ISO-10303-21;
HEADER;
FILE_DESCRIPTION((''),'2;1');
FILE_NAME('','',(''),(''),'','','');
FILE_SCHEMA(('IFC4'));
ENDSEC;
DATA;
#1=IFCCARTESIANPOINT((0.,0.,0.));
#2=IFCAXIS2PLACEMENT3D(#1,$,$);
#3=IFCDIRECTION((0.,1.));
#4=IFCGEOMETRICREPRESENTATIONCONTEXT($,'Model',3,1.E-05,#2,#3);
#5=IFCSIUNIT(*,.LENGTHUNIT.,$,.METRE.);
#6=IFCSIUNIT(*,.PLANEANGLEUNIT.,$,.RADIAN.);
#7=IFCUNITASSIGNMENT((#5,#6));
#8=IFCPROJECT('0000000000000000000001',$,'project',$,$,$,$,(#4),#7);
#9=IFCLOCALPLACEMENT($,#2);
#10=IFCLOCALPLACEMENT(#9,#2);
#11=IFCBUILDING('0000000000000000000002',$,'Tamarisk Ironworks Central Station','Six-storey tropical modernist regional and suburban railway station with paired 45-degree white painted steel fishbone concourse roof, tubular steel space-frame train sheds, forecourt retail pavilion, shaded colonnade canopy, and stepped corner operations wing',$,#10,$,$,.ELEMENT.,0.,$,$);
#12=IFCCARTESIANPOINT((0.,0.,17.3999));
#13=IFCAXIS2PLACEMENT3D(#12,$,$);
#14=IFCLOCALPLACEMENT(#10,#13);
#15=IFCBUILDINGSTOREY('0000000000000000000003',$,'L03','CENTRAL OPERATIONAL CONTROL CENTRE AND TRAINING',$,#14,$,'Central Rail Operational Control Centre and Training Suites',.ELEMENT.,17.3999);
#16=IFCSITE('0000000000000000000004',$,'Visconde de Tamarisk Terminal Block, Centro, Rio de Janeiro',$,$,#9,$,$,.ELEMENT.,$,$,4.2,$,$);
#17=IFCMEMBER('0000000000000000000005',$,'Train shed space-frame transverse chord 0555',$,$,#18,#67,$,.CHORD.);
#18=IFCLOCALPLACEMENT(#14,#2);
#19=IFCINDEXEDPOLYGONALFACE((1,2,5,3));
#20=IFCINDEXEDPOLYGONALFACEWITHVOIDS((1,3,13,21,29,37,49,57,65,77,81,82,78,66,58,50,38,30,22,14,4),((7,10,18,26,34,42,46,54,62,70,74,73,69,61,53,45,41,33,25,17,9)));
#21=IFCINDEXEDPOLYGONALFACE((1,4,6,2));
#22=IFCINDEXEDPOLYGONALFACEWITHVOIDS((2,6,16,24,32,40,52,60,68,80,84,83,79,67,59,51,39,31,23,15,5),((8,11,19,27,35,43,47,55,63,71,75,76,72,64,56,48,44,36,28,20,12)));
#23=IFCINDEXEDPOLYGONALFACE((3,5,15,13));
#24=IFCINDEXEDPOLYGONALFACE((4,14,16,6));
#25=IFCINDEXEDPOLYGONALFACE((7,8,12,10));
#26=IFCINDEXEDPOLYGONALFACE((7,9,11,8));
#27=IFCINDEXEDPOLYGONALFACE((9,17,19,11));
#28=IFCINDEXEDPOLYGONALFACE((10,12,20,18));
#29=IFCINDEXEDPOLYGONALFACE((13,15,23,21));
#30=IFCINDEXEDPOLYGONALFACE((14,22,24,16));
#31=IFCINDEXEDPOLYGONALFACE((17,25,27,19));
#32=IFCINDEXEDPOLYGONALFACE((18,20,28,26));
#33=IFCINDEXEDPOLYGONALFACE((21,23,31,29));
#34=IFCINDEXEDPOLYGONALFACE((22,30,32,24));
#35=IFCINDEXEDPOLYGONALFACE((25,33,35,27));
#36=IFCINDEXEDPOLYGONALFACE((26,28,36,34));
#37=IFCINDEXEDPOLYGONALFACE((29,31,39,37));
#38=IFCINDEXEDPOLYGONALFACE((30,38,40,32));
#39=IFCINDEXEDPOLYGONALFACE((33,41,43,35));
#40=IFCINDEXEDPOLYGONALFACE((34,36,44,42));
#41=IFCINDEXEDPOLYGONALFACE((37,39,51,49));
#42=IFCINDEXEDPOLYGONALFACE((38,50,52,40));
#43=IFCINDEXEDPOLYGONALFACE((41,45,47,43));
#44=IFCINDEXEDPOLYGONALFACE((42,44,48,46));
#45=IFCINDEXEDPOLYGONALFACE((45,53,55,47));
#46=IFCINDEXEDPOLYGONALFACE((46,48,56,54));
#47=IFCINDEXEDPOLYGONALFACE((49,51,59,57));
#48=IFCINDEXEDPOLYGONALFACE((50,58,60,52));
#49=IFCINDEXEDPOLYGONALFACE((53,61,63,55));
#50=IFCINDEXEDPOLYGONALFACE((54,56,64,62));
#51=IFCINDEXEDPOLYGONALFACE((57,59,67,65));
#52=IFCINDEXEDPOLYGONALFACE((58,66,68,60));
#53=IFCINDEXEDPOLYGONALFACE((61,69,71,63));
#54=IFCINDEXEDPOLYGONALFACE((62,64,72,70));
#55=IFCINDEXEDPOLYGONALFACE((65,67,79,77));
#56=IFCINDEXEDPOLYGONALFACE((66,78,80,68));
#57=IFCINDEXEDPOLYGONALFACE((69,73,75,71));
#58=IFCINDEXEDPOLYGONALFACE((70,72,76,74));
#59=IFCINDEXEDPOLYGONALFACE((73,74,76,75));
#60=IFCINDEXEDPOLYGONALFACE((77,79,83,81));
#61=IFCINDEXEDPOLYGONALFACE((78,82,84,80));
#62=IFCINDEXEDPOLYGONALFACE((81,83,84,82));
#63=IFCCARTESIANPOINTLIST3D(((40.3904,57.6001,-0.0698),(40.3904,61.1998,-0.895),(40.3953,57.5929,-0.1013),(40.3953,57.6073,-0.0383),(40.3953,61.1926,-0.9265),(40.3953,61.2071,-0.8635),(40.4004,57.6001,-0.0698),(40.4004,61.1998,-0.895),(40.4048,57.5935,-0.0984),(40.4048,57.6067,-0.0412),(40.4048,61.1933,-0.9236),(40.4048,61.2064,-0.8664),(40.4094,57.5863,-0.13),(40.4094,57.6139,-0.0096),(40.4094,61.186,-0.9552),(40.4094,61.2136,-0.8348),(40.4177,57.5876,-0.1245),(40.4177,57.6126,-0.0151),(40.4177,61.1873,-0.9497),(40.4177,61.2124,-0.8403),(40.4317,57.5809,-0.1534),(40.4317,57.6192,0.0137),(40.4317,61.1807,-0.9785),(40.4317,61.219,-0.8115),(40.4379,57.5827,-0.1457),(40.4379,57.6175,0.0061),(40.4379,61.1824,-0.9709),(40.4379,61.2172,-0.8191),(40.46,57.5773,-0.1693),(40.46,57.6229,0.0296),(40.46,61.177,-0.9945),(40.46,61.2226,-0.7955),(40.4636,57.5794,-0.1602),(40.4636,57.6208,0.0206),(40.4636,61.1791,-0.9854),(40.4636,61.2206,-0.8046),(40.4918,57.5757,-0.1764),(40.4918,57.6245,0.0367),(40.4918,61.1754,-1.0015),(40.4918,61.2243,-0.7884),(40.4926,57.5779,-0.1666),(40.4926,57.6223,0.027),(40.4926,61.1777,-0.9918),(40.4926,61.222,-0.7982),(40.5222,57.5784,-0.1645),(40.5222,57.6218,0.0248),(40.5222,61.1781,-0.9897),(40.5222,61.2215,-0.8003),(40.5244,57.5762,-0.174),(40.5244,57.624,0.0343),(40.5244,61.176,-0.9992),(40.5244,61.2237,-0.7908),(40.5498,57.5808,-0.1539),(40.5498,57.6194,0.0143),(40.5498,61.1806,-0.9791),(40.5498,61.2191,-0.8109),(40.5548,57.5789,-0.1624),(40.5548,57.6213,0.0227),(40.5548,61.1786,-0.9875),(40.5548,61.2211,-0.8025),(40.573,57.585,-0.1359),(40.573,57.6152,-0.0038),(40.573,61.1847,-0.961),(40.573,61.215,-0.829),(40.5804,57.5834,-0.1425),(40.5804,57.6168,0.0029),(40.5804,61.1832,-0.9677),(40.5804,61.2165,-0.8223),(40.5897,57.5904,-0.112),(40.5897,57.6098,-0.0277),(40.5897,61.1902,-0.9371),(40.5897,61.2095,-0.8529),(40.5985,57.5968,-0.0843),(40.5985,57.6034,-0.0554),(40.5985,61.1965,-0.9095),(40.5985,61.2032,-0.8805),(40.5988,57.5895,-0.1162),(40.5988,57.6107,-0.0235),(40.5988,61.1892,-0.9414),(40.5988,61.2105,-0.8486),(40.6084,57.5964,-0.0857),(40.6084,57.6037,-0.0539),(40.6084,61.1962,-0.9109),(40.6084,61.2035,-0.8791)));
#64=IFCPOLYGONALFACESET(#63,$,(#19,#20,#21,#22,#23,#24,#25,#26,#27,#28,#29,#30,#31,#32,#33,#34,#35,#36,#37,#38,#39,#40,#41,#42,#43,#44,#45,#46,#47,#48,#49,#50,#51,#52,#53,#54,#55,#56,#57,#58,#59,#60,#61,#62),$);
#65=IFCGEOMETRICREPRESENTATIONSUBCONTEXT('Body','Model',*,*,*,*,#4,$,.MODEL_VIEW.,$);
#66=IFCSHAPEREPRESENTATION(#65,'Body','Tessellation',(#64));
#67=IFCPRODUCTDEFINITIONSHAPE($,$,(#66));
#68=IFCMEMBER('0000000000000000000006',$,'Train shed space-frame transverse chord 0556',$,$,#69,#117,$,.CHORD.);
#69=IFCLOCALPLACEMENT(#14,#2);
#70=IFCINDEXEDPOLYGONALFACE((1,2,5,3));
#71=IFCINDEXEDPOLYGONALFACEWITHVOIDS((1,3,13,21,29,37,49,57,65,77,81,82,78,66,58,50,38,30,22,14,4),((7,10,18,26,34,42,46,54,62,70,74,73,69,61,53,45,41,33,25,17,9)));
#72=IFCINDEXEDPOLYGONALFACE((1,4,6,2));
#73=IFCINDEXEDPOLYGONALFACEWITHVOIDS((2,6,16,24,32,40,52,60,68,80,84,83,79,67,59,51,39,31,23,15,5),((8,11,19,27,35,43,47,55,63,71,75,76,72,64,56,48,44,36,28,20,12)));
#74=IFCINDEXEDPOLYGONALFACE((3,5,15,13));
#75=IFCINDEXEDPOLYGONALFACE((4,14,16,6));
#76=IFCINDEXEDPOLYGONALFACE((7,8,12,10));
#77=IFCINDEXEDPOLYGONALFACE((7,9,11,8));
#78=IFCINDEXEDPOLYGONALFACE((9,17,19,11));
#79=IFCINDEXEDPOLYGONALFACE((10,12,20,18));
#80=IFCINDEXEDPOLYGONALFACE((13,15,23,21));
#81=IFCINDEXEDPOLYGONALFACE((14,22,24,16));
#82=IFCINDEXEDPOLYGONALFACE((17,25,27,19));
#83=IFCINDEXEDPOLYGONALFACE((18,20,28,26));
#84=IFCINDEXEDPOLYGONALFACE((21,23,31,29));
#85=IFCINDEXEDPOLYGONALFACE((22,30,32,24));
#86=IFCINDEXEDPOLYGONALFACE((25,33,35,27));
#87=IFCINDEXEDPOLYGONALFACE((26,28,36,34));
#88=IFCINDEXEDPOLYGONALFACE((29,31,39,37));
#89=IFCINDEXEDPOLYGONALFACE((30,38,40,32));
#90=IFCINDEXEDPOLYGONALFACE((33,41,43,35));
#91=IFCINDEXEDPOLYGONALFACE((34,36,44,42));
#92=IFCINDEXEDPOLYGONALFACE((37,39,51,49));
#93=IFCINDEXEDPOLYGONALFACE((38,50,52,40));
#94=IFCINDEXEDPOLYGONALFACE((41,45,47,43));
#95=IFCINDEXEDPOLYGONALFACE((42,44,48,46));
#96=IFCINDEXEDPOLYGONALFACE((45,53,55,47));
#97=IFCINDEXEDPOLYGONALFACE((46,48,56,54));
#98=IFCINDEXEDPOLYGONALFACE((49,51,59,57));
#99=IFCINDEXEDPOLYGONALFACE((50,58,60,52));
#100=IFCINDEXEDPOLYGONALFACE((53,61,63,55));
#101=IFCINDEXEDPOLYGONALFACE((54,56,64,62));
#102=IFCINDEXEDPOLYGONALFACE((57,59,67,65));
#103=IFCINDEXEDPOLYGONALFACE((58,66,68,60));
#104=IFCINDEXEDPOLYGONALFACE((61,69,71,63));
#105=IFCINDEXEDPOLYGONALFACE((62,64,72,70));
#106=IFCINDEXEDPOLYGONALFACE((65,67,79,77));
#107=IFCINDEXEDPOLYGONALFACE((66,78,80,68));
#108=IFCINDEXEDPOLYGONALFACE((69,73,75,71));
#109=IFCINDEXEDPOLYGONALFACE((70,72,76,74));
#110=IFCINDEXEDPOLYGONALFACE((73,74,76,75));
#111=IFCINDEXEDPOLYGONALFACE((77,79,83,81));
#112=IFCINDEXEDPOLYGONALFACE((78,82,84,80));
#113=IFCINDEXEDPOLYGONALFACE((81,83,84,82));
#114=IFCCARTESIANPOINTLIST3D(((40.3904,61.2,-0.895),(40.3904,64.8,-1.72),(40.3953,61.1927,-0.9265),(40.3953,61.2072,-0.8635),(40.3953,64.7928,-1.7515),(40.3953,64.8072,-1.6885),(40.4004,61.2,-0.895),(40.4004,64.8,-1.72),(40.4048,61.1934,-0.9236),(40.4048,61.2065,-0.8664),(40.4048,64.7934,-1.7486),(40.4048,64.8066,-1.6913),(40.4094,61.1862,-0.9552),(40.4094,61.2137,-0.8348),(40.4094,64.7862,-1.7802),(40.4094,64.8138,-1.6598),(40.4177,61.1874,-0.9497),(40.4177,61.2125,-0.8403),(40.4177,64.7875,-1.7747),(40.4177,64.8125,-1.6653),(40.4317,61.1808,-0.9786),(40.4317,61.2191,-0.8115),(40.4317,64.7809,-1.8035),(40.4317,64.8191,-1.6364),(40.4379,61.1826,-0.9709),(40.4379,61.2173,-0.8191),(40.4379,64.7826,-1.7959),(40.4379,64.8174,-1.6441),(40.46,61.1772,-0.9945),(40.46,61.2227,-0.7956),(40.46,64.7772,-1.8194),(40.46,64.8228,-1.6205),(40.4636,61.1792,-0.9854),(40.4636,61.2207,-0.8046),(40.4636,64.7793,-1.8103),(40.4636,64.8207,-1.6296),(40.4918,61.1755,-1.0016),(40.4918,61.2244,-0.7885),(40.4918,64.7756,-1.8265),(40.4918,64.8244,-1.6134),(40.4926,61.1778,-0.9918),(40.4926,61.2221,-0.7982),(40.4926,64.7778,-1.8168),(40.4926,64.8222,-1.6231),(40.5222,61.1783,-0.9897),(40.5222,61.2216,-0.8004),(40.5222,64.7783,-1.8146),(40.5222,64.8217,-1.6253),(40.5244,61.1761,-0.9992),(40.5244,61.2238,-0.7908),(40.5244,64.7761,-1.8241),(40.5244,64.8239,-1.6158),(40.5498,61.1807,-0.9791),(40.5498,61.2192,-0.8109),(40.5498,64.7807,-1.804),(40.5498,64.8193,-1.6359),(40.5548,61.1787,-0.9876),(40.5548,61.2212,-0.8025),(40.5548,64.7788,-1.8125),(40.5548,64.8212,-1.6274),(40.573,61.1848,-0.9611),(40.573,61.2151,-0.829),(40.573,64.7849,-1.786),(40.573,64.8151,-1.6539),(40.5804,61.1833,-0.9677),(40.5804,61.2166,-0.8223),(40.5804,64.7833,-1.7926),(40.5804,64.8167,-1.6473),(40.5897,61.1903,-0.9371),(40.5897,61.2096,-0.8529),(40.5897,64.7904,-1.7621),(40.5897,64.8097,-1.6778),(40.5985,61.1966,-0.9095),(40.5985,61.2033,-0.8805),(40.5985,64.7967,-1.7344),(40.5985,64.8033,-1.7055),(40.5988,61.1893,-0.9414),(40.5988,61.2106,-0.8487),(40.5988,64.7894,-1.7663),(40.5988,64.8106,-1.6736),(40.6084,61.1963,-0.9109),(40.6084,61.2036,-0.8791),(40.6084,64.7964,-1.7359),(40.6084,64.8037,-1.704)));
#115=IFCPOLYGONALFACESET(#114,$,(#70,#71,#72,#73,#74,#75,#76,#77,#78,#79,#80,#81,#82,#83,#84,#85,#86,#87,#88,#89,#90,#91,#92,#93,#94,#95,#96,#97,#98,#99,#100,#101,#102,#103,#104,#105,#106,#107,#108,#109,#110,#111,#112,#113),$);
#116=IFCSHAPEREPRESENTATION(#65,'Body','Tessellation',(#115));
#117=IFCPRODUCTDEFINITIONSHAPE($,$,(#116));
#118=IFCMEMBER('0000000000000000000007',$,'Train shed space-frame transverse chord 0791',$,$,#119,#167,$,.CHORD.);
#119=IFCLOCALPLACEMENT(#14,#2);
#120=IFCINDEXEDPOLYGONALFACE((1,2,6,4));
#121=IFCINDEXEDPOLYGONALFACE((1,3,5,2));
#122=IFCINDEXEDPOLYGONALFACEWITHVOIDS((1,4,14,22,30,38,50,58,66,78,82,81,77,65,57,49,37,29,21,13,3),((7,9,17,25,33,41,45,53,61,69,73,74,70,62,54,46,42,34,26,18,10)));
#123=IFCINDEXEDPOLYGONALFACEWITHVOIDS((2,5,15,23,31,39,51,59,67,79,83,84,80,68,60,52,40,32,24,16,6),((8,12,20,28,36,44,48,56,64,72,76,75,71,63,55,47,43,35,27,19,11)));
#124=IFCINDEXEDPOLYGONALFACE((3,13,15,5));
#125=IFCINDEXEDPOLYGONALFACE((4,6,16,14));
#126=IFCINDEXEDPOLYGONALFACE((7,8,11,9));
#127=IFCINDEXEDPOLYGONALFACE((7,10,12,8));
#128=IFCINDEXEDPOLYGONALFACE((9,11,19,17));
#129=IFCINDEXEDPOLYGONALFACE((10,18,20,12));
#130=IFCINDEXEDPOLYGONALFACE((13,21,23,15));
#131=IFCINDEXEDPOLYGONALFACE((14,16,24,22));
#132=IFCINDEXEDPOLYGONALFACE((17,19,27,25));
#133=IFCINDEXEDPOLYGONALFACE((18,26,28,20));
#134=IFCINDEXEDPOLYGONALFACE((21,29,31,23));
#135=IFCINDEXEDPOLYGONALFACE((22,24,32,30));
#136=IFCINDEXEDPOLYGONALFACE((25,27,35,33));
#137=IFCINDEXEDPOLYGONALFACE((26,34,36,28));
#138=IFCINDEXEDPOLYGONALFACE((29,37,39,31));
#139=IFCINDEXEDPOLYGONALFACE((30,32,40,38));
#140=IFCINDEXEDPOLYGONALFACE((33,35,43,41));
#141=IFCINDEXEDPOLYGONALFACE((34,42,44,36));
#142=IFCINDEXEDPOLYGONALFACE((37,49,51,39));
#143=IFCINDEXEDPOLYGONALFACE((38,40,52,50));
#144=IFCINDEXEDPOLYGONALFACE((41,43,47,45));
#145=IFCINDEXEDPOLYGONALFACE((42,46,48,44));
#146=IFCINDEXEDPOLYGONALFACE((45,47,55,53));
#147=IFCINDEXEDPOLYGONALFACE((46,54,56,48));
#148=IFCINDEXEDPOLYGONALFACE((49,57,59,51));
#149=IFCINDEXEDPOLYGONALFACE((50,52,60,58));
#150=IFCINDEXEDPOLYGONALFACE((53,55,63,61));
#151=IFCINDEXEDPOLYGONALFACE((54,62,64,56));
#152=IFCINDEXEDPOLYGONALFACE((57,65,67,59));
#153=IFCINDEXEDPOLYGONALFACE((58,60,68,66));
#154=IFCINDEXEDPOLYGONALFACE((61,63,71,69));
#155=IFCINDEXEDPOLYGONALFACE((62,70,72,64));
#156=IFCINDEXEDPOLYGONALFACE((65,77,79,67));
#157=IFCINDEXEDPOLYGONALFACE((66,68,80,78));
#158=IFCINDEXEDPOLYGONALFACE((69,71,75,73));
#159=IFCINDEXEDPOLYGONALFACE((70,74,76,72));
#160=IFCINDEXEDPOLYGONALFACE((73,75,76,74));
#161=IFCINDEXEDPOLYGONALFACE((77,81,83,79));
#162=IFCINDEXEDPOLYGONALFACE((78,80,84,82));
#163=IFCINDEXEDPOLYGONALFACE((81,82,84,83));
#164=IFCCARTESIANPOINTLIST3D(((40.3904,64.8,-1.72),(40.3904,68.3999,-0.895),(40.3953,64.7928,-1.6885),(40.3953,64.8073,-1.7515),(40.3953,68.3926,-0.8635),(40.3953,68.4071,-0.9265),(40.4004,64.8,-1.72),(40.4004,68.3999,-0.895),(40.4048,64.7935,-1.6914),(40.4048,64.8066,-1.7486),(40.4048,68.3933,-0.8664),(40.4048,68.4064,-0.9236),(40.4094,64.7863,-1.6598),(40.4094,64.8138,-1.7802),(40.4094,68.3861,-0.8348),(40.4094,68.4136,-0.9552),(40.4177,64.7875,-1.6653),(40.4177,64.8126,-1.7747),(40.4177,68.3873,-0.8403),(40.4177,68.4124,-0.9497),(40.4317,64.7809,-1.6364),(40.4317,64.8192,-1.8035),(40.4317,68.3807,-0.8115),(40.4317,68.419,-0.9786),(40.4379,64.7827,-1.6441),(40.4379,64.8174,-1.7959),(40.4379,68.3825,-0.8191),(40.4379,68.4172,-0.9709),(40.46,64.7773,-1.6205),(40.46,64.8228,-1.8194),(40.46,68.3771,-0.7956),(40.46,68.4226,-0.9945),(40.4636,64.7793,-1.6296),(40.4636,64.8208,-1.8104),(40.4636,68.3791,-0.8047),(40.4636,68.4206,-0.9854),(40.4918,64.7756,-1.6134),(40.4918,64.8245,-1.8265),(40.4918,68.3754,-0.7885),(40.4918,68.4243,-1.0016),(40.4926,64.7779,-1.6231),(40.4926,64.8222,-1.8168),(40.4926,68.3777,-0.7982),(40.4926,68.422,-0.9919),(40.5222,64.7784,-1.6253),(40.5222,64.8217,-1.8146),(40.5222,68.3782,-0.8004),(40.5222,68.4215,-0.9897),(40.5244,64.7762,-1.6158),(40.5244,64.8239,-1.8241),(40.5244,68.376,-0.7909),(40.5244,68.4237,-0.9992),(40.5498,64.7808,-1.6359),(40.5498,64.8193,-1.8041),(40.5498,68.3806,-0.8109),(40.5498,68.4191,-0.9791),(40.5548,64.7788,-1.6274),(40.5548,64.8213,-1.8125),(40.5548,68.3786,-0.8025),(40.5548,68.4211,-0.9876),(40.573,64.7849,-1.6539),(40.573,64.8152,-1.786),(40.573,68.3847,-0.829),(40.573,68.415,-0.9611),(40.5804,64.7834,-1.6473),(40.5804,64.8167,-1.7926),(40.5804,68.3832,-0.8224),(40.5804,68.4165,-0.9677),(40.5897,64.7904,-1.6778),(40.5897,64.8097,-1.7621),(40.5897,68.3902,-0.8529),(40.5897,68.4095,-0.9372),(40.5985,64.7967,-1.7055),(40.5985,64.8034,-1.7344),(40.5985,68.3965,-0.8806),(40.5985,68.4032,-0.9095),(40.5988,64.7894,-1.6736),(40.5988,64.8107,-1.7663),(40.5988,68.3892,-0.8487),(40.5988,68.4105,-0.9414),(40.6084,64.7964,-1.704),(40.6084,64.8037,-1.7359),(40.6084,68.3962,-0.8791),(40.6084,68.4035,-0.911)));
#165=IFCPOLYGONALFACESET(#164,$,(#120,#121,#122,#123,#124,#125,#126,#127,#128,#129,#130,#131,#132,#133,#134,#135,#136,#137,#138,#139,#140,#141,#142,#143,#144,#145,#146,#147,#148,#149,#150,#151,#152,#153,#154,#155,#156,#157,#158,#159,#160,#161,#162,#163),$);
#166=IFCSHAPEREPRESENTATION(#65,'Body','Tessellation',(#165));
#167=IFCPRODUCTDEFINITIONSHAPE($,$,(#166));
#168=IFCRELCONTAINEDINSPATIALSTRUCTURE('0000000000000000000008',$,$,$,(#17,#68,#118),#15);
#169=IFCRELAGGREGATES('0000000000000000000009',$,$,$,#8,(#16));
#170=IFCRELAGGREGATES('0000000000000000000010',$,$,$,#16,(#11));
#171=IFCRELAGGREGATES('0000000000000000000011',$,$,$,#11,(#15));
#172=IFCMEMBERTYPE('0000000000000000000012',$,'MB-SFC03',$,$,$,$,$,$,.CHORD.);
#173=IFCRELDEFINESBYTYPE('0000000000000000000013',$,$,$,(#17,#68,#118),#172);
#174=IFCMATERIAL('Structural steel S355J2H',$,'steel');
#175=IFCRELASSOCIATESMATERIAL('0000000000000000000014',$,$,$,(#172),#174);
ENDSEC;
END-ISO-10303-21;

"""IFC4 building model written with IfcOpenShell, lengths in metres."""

from ifc_helpers import new_model, si_unit, direction, frame, origin, origin_2d, place, context, subcontext, project, spatial, hollow_circle, extrude, material, material_profile, profile_set, type_object, element, save


model = new_model("IFC4")

# Units and contexts
model_context = context("Model", 3, precision=1e-05, world=origin(), true_north=direction((0.0, 1.0)))
body_context = subcontext(model_context, "Body", "Model", "MODEL_VIEW")
ifc_project = project(units=[si_unit("LENGTHUNIT", "METRE"), si_unit("PLANEANGLEUNIT", "RADIAN")], contexts=[model_context])

# Site, building, storey
site_placement = place(None, origin())
site = spatial("IfcSite", under=ifc_project, at=site_placement, Name="Visconde de Tamarisk Terminal Block, Centro, Rio de Janeiro", CompositionType="ELEMENT", RefElevation=4.2)
building_placement = place(site_placement, origin())
building = spatial("IfcBuilding", under=site, at=building_placement, Name="Tamarisk Ironworks Central Station", Description="Six-storey tropical modernist regional and suburban railway station with paired 45-degree white painted steel fishbone concourse roof, tubular steel space-frame train sheds, forecourt retail pavilion, shaded colonnade canopy, and stepped corner operations wing", CompositionType="ELEMENT", ElevationOfRefHeight=0.0)
storey_placement = place(building_placement, frame((0.0, 0.0, 17.3999)))
storey = spatial("IfcBuildingStorey", under=building, at=storey_placement, Name="L03", Description="CENTRAL OPERATIONAL CONTROL CENTRE AND TRAINING", LongName="Central Rail Operational Control Centre and Training Suites", CompositionType="ELEMENT", Elevation=17.3999)

# Members
ifc_material = material(Name="Structural steel S355J2H", Category="steel")
ifc_material_profile_1 = material_profile(ifc_material, hollow_circle(Radius=0.1096, WallThickness=0.01, at=origin_2d()), Name="CHS 219.1x10")
ifc_profile_set_1 = profile_set([ifc_material_profile_1], Name="Structural steel S355J2H")
member_type_1 = type_object("IfcMemberType", Name="MB-SFC03", PredefinedType="CHORD", material=ifc_profile_set_1)
member_1_placement = place(storey_placement, frame((40.5, 57.6001, -0.0698), z_axis=(0.0, 0.974719, -0.223435), x_axis=(-1.0, 0.0, 0.0)))
element("IfcMember", 1, at=member_1_placement, inside=storey, type_object=member_type_1, Name="Train shed space-frame transverse chord 0555", PredefinedType="CHORD", context=body_context, shape_type="SweptSolid", body=[
    extrude(hollow_circle(Radius=0.1096, WallThickness=0.01, at=origin_2d()), origin(), (0.0, 0.0, 1.0), 3.6931),
])
member_2_placement = place(storey_placement, frame((40.5, 61.2, -0.895), z_axis=(0.0, 0.974737, -0.223358), x_axis=(-1.0, 0.0, 0.0)))
element("IfcMember", 2, at=member_2_placement, inside=storey, type_object=member_type_1, Name="Train shed space-frame transverse chord 0556", PredefinedType="CHORD", context=body_context, shape_type="SweptSolid", body=[
    extrude(hollow_circle(Radius=0.1096, WallThickness=0.01, at=origin_2d()), origin(), (0.0, 0.0, 1.0), 3.6934),
])
member_3_placement = place(storey_placement, frame((40.5, 64.8, -1.72), z_axis=(0.0, 0.974733, 0.223372), x_axis=(-1.0, 0.0, 0.0)))
element("IfcMember", 3, at=member_3_placement, inside=storey, type_object=member_type_1, Name="Train shed space-frame transverse chord 0791", PredefinedType="CHORD", context=body_context, shape_type="SweptSolid", body=[
    extrude(hollow_circle(Radius=0.1096, WallThickness=0.01, at=origin_2d()), origin(), (0.0, 0.0, 1.0), 3.6931),
])

save(model, "model.ifc")
